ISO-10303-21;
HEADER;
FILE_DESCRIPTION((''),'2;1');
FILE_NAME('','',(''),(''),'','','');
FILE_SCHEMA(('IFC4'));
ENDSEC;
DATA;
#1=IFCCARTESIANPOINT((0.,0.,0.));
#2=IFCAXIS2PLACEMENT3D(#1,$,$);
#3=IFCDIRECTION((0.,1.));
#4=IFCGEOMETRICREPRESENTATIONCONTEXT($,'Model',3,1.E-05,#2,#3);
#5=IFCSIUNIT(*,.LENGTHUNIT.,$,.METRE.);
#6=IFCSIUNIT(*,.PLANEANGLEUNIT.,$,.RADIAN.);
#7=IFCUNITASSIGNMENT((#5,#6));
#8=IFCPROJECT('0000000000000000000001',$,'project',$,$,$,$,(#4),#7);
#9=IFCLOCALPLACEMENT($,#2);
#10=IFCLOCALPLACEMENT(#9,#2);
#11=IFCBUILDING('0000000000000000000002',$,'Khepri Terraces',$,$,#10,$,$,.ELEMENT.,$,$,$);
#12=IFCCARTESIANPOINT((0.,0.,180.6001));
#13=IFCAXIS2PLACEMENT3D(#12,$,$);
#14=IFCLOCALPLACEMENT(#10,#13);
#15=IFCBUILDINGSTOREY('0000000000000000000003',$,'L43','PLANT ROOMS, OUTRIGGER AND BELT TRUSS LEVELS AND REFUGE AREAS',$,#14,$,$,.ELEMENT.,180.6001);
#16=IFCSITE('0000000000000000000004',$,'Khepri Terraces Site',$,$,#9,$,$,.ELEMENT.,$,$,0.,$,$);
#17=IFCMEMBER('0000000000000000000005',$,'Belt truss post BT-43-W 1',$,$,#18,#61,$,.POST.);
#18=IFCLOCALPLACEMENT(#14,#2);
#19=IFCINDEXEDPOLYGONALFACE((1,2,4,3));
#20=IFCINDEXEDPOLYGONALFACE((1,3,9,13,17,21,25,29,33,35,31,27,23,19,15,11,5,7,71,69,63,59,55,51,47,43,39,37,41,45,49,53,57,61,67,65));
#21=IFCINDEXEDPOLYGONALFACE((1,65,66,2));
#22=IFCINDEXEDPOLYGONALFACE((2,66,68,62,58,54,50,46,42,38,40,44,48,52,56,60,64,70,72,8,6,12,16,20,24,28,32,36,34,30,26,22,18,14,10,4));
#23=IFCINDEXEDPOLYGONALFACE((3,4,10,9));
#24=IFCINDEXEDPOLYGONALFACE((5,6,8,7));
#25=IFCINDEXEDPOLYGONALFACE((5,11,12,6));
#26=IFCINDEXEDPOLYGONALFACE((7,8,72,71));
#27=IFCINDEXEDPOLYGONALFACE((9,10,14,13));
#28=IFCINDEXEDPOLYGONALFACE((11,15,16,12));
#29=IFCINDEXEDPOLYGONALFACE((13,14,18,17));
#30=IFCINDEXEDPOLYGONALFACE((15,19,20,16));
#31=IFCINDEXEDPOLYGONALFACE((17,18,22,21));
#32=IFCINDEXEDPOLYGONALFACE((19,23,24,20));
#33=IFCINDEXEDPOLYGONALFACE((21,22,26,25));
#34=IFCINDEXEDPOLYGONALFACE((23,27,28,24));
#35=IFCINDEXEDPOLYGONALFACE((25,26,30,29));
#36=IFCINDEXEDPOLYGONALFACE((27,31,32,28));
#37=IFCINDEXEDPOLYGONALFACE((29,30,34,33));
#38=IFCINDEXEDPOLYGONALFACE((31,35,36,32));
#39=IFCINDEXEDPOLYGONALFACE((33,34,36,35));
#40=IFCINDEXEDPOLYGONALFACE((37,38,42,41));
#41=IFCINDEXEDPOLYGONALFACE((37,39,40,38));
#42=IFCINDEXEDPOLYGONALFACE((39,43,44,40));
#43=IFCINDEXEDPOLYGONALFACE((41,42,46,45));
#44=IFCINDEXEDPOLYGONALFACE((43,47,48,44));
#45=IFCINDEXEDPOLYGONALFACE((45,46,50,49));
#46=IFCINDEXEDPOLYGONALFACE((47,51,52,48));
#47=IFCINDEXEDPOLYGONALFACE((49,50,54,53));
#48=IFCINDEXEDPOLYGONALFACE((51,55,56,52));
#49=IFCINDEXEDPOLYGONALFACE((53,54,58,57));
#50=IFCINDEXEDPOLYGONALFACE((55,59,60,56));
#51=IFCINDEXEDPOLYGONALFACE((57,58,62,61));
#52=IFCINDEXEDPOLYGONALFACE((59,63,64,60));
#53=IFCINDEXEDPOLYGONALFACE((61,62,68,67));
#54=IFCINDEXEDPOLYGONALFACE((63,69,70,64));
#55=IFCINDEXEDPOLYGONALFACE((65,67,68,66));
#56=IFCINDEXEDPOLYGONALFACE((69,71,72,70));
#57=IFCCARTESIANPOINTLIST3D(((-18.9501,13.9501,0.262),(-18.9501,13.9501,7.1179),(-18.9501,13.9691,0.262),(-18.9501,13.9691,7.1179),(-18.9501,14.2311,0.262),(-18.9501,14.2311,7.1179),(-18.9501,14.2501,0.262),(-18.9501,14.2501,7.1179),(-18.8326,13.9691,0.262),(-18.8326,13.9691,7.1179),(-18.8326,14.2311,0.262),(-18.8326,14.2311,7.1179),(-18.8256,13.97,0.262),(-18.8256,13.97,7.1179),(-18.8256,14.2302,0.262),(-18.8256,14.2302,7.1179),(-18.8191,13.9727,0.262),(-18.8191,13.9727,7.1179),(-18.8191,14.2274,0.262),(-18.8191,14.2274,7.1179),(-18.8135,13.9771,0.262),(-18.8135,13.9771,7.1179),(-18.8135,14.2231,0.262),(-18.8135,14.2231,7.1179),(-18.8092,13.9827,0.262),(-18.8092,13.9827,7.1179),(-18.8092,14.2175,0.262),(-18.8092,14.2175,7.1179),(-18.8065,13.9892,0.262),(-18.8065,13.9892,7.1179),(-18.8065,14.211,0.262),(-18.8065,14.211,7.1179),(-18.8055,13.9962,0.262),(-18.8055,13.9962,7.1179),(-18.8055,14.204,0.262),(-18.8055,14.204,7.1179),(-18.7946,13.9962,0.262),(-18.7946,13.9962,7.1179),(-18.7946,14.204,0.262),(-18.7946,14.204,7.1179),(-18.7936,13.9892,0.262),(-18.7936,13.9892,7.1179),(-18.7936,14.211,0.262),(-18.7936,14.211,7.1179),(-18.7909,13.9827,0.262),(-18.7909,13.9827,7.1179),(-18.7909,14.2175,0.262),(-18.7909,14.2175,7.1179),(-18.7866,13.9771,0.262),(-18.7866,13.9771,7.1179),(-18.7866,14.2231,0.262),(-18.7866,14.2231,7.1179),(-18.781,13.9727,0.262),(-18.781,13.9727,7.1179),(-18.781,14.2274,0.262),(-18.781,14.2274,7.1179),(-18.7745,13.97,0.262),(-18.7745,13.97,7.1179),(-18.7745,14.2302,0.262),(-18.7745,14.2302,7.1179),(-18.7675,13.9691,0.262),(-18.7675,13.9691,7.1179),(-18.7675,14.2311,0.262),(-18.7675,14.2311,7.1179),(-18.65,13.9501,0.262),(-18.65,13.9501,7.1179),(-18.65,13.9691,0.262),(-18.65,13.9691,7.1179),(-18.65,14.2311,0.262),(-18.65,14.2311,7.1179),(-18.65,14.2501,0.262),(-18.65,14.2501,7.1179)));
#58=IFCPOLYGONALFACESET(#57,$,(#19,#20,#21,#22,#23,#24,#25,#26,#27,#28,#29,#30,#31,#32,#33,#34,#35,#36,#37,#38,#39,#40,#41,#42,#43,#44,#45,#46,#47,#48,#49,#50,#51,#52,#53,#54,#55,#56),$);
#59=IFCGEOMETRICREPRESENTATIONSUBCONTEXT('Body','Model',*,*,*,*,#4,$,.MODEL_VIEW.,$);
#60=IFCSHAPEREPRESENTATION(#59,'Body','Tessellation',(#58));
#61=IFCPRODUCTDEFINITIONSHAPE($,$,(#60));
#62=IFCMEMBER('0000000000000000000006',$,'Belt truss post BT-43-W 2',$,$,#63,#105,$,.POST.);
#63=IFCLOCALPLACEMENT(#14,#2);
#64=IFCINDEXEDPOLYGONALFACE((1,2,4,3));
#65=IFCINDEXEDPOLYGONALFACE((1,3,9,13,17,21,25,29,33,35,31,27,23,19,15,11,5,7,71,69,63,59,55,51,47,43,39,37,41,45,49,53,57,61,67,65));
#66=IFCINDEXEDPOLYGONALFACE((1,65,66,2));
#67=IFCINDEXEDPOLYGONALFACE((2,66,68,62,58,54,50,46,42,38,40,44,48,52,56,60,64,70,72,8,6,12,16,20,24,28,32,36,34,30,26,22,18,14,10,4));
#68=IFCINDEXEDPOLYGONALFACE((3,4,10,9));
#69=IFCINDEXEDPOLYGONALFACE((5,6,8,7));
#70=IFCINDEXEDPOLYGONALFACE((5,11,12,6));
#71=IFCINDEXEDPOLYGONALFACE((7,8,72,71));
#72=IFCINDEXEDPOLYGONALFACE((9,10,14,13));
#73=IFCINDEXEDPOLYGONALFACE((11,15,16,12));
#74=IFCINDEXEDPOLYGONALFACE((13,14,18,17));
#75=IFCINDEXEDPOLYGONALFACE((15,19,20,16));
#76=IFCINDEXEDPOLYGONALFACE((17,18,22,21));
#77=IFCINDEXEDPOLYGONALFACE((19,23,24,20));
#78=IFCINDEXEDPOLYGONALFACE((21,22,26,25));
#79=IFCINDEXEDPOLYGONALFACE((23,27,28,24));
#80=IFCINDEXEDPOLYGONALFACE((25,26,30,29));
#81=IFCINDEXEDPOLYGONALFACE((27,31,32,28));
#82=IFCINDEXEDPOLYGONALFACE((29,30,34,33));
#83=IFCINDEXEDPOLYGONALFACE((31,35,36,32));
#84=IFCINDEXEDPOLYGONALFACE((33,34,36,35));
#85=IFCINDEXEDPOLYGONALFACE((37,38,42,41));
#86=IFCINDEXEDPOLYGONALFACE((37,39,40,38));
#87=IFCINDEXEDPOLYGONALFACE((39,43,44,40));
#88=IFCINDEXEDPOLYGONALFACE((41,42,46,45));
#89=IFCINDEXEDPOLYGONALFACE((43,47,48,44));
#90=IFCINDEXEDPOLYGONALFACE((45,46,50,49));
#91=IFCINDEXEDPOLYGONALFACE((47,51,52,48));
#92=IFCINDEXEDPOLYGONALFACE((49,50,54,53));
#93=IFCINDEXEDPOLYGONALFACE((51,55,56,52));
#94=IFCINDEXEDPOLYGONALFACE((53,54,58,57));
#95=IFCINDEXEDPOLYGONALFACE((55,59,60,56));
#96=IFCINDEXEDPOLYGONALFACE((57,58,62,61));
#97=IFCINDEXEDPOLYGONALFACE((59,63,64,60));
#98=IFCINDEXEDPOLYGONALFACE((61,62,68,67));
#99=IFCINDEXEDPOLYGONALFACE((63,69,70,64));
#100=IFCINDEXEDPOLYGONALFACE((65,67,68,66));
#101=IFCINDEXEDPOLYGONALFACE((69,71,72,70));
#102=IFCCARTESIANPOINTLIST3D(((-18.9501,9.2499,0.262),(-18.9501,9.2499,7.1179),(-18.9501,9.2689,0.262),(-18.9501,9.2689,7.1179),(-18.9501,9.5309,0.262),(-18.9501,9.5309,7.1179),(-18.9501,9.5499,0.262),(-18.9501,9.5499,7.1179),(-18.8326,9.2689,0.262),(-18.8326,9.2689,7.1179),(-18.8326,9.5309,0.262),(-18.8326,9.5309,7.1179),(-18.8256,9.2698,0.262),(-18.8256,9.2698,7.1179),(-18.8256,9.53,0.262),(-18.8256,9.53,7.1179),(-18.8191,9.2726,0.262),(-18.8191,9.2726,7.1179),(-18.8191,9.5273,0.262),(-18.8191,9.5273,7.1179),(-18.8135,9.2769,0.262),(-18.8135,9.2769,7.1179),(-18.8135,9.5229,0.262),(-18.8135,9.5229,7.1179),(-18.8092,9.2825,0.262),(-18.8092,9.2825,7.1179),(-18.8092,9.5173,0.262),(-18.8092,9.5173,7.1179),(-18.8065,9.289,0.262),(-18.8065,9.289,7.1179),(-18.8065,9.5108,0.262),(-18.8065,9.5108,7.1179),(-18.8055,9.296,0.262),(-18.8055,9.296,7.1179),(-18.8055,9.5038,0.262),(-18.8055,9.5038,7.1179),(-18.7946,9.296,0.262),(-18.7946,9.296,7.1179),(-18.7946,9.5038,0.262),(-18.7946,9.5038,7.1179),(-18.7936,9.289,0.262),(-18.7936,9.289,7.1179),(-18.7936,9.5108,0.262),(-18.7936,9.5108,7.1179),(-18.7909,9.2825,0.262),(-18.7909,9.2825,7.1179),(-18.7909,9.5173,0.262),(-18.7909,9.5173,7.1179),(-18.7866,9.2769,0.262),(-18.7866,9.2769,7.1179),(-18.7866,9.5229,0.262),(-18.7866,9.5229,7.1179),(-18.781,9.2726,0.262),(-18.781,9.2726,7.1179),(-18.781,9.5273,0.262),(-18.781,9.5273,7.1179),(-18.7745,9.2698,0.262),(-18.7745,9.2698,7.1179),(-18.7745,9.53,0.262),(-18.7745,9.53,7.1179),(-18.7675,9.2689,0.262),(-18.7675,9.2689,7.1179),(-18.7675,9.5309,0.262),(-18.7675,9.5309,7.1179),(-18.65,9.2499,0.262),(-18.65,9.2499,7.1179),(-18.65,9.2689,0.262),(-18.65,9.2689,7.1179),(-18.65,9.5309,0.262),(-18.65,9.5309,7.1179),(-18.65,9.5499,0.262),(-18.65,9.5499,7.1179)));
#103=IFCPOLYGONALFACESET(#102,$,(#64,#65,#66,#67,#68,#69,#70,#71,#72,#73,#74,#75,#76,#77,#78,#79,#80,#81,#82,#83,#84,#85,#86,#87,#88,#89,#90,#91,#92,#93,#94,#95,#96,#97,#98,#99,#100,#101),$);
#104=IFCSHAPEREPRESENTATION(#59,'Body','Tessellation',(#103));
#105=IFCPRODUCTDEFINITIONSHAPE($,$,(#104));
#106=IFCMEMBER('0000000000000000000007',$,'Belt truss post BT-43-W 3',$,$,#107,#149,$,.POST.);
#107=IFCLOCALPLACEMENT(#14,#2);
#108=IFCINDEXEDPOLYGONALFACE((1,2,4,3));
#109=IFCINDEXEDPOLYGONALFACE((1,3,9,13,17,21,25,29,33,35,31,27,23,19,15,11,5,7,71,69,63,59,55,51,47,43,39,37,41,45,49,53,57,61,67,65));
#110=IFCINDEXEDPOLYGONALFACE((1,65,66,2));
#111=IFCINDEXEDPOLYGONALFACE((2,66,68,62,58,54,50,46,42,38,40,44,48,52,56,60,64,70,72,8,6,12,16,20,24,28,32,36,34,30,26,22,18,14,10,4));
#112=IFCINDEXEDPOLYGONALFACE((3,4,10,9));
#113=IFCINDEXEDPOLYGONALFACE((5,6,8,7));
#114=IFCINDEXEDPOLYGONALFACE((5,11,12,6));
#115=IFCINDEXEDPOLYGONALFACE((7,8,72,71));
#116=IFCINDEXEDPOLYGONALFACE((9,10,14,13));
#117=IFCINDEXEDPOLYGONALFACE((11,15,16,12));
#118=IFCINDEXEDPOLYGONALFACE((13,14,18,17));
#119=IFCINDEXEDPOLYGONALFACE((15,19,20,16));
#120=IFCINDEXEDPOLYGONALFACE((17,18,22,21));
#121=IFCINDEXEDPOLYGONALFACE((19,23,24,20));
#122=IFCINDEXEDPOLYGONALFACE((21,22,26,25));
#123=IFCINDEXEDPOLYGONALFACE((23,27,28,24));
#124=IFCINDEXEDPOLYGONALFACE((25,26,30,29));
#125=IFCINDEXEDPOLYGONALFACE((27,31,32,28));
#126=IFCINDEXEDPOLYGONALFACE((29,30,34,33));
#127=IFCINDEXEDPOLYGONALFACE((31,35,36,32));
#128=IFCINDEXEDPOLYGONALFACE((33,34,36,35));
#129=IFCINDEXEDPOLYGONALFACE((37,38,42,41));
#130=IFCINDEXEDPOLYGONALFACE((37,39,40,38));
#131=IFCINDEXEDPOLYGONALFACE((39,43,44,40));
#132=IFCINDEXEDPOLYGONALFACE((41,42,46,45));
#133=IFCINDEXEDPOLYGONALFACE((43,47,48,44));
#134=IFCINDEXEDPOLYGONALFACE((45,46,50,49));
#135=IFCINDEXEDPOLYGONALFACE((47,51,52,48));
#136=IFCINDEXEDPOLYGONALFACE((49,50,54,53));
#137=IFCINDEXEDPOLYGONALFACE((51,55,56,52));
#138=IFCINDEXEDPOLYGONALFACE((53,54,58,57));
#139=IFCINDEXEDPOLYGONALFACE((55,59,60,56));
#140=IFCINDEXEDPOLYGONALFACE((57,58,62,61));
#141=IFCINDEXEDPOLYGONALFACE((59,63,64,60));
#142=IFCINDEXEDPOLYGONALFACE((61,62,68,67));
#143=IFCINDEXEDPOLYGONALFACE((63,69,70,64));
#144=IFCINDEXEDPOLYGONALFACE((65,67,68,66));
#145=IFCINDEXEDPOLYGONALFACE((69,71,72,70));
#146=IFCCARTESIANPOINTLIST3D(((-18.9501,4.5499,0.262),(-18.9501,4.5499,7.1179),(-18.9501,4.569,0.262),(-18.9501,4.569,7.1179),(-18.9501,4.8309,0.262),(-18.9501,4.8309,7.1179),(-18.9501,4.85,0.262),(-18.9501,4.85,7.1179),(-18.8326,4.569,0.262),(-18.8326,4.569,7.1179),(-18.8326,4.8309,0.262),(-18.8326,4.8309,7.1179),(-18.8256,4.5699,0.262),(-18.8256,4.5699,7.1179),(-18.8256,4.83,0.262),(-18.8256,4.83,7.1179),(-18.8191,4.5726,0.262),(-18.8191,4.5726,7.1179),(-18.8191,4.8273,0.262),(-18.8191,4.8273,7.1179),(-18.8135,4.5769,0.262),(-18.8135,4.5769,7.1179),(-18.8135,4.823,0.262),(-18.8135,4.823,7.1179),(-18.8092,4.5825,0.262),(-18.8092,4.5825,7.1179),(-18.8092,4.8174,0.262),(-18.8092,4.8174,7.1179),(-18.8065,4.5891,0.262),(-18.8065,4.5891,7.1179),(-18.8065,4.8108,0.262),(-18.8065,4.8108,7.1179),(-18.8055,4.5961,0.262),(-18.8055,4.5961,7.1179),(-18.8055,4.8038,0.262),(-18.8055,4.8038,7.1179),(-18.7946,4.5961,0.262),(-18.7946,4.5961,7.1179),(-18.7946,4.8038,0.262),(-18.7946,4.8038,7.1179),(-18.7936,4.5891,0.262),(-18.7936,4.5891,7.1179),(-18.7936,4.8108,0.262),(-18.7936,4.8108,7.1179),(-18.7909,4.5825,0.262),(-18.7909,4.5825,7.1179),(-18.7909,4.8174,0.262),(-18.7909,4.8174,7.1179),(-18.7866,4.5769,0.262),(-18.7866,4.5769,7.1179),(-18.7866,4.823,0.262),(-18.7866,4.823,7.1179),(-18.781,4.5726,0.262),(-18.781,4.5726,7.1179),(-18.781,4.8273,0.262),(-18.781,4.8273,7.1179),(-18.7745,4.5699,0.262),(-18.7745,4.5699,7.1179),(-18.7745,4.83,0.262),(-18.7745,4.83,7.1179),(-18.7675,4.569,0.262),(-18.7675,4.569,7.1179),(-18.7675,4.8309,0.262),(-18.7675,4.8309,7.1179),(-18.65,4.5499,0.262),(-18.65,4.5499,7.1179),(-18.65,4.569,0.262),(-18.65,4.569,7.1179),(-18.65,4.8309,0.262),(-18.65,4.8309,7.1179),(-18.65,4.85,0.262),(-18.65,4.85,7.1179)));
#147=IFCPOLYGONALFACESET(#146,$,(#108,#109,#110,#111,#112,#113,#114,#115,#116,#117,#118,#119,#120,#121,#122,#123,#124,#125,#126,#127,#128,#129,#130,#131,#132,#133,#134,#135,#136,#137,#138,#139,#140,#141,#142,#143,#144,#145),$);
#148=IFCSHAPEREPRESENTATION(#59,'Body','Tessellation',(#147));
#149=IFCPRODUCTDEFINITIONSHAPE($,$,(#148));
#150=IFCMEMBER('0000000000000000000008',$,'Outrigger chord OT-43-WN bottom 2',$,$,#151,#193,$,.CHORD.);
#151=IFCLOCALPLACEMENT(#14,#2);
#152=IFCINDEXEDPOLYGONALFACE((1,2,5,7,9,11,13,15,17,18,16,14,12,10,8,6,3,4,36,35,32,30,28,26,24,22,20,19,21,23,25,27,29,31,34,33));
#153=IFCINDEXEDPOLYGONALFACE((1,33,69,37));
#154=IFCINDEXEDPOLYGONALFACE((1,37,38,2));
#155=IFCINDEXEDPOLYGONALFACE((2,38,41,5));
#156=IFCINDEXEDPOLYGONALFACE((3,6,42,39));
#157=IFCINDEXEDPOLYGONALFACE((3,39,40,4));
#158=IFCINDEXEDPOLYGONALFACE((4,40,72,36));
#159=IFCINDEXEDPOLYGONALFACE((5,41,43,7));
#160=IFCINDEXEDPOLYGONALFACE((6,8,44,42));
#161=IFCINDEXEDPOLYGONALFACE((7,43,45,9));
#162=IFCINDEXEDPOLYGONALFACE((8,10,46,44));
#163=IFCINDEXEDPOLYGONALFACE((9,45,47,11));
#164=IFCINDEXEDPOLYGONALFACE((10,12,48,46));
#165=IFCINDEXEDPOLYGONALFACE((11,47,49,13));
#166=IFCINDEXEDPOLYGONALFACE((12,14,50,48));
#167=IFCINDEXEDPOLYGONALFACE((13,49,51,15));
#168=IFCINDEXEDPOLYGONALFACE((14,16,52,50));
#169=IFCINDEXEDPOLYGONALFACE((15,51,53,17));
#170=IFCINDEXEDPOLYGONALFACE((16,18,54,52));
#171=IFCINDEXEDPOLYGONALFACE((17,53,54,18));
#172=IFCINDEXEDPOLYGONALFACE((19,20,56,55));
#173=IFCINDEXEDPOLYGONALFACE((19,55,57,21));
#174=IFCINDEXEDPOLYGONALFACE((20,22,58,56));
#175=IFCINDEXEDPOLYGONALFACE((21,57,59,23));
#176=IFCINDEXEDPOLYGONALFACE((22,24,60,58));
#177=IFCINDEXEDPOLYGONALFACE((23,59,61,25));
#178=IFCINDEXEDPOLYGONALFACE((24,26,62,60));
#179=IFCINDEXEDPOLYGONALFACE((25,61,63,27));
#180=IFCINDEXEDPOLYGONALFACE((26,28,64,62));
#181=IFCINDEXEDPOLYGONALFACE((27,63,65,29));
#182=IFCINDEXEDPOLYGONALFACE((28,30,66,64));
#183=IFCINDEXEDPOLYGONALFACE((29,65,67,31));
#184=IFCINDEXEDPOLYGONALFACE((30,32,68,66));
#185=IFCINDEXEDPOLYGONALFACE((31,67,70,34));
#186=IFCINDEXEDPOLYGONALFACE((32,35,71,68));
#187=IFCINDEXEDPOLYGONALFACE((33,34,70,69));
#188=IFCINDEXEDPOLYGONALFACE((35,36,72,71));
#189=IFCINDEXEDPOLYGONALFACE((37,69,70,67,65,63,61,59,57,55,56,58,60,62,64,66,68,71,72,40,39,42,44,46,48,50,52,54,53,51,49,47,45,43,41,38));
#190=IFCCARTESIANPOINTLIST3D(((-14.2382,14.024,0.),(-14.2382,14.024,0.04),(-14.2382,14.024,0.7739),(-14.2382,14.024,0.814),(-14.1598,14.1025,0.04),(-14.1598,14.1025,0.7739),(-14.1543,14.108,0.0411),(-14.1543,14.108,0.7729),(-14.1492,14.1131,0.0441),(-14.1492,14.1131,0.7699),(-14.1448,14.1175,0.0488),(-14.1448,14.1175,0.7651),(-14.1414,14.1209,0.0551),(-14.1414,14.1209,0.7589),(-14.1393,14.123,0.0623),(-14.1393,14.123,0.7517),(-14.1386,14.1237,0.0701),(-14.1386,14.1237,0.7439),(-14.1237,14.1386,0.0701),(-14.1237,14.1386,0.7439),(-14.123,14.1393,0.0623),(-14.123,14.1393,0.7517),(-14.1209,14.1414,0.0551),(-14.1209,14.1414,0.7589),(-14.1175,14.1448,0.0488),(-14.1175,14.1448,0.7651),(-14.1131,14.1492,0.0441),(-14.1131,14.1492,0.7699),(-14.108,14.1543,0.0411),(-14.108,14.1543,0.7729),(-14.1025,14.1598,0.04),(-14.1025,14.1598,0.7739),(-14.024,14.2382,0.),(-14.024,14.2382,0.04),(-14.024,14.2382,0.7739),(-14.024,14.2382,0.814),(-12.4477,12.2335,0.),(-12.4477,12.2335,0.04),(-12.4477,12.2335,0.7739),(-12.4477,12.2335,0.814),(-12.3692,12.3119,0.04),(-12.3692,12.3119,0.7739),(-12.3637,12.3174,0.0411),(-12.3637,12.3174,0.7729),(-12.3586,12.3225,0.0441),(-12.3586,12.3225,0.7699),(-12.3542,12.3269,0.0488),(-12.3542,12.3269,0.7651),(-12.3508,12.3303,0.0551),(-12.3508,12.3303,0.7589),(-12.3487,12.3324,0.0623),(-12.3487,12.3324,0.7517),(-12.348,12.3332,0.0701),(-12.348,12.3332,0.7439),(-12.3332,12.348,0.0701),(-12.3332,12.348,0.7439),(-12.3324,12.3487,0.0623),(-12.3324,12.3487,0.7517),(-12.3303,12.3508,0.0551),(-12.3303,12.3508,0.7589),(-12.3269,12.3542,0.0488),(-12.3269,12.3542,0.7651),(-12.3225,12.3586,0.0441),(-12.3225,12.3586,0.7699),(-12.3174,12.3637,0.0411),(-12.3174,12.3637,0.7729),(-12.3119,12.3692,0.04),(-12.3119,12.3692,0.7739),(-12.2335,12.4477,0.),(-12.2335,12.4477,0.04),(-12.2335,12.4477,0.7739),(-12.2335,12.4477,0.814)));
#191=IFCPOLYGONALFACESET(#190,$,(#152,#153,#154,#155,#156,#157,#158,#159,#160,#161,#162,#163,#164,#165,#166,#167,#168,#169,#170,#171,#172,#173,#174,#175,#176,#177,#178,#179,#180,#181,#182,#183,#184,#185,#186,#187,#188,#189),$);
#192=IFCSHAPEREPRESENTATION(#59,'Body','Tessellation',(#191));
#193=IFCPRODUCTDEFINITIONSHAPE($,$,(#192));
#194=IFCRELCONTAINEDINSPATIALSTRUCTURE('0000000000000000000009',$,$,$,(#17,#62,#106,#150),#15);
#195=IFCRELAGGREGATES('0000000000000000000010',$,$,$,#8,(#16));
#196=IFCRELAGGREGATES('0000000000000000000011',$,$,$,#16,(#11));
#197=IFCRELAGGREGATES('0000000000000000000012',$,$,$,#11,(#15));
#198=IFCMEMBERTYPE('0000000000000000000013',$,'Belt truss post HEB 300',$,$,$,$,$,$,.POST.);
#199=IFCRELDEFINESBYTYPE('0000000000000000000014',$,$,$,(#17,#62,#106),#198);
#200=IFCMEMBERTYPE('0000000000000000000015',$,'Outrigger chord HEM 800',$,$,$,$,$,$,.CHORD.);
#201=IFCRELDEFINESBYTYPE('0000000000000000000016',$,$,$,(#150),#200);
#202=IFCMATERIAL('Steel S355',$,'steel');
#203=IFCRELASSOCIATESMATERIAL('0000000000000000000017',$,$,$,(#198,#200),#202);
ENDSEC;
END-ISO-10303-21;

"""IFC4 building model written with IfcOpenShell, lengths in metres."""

from ifc_helpers import new_model, si_unit, direction, frame, origin, origin_2d, place, context, subcontext, project, spatial, i_section, extrude, material, material_profile, profile_set, type_object, element, save


model = new_model("IFC4")

# Units and contexts
model_context = context("Model", 3, precision=1e-05, world=origin(), true_north=direction((0.0, 1.0)))
body_context = subcontext(model_context, "Body", "Model", "MODEL_VIEW")
ifc_project = project(units=[si_unit("LENGTHUNIT", "METRE"), si_unit("PLANEANGLEUNIT", "RADIAN")], contexts=[model_context])

# Site, building, storey
site_placement = place(None, origin())
site = spatial("IfcSite", under=ifc_project, at=site_placement, Name="Khepri Terraces Site", CompositionType="ELEMENT", RefElevation=0.0)
building_placement = place(site_placement, origin())
building = spatial("IfcBuilding", under=site, at=building_placement, Name="Khepri Terraces", CompositionType="ELEMENT")
storey_placement = place(building_placement, frame((0.0, 0.0, 180.6001)))
storey = spatial("IfcBuildingStorey", under=building, at=storey_placement, Name="L43", Description="PLANT ROOMS, OUTRIGGER AND BELT TRUSS LEVELS AND REFUGE AREAS", CompositionType="ELEMENT", Elevation=180.6001)

# Members
ifc_material_1 = material(Name="Steel S355", Category="steel")
ifc_material_profile_1 = material_profile(ifc_material_1, i_section(OverallWidth=0.3, OverallDepth=0.3, WebThickness=0.011, FlangeThickness=0.019, FilletRadius=0.0271, at=origin_2d()), Name="Steel S355", Category="steel")
ifc_profile_set_1 = profile_set([ifc_material_profile_1], Name="Steel S355")
member_type_1 = type_object("IfcMemberType", Name="Belt truss post HEB 300", PredefinedType="POST", material=ifc_profile_set_1)
for number, where, z_axis, x_axis, name in (
    (1, (-18.8, 14.1001, 0.262), (0.0, 0.0, 1.0), (1.0, 0.0, 0.0), "Belt truss post BT-43-W 1"),
    (2, (-18.8, 9.3999, 0.262), (0.0, 0.0, 1.0), (1.0, 0.0, 0.0), "Belt truss post BT-43-W 2"),
    (3, (-18.8, 4.7, 0.262), (0.0, 0.0, 1.0), (1.0, 0.0, 0.0), "Belt truss post BT-43-W 3"),
):
    element("IfcMember", number, at=place(storey_placement, frame(where, z_axis=z_axis, x_axis=x_axis)), inside=storey, type_object=member_type_1, Name=name, PredefinedType="POST", context=body_context, shape_type="SweptSolid", body=[
        extrude(i_section(OverallWidth=0.3, OverallDepth=0.3, WebThickness=0.011, FlangeThickness=0.019, FilletRadius=0.0271, at=origin_2d()), origin(), (0.0, 0.0, 1.0), 6.856),
    ])
ifc_material_profile_2 = material_profile(ifc_material_1, i_section(OverallWidth=0.303, OverallDepth=0.814, WebThickness=0.021, FlangeThickness=0.04, FilletRadius=0.03, at=origin_2d()), Name="Steel S355", Category="steel")
ifc_profile_set_2 = profile_set([ifc_material_profile_2], Name="Steel S355")
member_type_2 = type_object("IfcMemberType", Name="Outrigger chord HEM 800", PredefinedType="CHORD", material=ifc_profile_set_2)
for number, where, z_axis, x_axis, name in (
    (4, (-12.3406, 12.3406, 0.407), (-0.707107, 0.707107, 0.0), (-0.707107, -0.707107, 0.0), "Outrigger chord OT-43-WN bottom 2"),
):
    element("IfcMember", number, at=place(storey_placement, frame(where, z_axis=z_axis, x_axis=x_axis)), inside=storey, type_object=member_type_2, Name=name, PredefinedType="CHORD", context=body_context, shape_type="SweptSolid", body=[
        extrude(i_section(OverallWidth=0.303, OverallDepth=0.814, WebThickness=0.021, FlangeThickness=0.04, FilletRadius=0.03, at=origin_2d()), origin(), (0.0, 0.0, 1.0), 2.5322),
    ])

save(model, "model.ifc")
